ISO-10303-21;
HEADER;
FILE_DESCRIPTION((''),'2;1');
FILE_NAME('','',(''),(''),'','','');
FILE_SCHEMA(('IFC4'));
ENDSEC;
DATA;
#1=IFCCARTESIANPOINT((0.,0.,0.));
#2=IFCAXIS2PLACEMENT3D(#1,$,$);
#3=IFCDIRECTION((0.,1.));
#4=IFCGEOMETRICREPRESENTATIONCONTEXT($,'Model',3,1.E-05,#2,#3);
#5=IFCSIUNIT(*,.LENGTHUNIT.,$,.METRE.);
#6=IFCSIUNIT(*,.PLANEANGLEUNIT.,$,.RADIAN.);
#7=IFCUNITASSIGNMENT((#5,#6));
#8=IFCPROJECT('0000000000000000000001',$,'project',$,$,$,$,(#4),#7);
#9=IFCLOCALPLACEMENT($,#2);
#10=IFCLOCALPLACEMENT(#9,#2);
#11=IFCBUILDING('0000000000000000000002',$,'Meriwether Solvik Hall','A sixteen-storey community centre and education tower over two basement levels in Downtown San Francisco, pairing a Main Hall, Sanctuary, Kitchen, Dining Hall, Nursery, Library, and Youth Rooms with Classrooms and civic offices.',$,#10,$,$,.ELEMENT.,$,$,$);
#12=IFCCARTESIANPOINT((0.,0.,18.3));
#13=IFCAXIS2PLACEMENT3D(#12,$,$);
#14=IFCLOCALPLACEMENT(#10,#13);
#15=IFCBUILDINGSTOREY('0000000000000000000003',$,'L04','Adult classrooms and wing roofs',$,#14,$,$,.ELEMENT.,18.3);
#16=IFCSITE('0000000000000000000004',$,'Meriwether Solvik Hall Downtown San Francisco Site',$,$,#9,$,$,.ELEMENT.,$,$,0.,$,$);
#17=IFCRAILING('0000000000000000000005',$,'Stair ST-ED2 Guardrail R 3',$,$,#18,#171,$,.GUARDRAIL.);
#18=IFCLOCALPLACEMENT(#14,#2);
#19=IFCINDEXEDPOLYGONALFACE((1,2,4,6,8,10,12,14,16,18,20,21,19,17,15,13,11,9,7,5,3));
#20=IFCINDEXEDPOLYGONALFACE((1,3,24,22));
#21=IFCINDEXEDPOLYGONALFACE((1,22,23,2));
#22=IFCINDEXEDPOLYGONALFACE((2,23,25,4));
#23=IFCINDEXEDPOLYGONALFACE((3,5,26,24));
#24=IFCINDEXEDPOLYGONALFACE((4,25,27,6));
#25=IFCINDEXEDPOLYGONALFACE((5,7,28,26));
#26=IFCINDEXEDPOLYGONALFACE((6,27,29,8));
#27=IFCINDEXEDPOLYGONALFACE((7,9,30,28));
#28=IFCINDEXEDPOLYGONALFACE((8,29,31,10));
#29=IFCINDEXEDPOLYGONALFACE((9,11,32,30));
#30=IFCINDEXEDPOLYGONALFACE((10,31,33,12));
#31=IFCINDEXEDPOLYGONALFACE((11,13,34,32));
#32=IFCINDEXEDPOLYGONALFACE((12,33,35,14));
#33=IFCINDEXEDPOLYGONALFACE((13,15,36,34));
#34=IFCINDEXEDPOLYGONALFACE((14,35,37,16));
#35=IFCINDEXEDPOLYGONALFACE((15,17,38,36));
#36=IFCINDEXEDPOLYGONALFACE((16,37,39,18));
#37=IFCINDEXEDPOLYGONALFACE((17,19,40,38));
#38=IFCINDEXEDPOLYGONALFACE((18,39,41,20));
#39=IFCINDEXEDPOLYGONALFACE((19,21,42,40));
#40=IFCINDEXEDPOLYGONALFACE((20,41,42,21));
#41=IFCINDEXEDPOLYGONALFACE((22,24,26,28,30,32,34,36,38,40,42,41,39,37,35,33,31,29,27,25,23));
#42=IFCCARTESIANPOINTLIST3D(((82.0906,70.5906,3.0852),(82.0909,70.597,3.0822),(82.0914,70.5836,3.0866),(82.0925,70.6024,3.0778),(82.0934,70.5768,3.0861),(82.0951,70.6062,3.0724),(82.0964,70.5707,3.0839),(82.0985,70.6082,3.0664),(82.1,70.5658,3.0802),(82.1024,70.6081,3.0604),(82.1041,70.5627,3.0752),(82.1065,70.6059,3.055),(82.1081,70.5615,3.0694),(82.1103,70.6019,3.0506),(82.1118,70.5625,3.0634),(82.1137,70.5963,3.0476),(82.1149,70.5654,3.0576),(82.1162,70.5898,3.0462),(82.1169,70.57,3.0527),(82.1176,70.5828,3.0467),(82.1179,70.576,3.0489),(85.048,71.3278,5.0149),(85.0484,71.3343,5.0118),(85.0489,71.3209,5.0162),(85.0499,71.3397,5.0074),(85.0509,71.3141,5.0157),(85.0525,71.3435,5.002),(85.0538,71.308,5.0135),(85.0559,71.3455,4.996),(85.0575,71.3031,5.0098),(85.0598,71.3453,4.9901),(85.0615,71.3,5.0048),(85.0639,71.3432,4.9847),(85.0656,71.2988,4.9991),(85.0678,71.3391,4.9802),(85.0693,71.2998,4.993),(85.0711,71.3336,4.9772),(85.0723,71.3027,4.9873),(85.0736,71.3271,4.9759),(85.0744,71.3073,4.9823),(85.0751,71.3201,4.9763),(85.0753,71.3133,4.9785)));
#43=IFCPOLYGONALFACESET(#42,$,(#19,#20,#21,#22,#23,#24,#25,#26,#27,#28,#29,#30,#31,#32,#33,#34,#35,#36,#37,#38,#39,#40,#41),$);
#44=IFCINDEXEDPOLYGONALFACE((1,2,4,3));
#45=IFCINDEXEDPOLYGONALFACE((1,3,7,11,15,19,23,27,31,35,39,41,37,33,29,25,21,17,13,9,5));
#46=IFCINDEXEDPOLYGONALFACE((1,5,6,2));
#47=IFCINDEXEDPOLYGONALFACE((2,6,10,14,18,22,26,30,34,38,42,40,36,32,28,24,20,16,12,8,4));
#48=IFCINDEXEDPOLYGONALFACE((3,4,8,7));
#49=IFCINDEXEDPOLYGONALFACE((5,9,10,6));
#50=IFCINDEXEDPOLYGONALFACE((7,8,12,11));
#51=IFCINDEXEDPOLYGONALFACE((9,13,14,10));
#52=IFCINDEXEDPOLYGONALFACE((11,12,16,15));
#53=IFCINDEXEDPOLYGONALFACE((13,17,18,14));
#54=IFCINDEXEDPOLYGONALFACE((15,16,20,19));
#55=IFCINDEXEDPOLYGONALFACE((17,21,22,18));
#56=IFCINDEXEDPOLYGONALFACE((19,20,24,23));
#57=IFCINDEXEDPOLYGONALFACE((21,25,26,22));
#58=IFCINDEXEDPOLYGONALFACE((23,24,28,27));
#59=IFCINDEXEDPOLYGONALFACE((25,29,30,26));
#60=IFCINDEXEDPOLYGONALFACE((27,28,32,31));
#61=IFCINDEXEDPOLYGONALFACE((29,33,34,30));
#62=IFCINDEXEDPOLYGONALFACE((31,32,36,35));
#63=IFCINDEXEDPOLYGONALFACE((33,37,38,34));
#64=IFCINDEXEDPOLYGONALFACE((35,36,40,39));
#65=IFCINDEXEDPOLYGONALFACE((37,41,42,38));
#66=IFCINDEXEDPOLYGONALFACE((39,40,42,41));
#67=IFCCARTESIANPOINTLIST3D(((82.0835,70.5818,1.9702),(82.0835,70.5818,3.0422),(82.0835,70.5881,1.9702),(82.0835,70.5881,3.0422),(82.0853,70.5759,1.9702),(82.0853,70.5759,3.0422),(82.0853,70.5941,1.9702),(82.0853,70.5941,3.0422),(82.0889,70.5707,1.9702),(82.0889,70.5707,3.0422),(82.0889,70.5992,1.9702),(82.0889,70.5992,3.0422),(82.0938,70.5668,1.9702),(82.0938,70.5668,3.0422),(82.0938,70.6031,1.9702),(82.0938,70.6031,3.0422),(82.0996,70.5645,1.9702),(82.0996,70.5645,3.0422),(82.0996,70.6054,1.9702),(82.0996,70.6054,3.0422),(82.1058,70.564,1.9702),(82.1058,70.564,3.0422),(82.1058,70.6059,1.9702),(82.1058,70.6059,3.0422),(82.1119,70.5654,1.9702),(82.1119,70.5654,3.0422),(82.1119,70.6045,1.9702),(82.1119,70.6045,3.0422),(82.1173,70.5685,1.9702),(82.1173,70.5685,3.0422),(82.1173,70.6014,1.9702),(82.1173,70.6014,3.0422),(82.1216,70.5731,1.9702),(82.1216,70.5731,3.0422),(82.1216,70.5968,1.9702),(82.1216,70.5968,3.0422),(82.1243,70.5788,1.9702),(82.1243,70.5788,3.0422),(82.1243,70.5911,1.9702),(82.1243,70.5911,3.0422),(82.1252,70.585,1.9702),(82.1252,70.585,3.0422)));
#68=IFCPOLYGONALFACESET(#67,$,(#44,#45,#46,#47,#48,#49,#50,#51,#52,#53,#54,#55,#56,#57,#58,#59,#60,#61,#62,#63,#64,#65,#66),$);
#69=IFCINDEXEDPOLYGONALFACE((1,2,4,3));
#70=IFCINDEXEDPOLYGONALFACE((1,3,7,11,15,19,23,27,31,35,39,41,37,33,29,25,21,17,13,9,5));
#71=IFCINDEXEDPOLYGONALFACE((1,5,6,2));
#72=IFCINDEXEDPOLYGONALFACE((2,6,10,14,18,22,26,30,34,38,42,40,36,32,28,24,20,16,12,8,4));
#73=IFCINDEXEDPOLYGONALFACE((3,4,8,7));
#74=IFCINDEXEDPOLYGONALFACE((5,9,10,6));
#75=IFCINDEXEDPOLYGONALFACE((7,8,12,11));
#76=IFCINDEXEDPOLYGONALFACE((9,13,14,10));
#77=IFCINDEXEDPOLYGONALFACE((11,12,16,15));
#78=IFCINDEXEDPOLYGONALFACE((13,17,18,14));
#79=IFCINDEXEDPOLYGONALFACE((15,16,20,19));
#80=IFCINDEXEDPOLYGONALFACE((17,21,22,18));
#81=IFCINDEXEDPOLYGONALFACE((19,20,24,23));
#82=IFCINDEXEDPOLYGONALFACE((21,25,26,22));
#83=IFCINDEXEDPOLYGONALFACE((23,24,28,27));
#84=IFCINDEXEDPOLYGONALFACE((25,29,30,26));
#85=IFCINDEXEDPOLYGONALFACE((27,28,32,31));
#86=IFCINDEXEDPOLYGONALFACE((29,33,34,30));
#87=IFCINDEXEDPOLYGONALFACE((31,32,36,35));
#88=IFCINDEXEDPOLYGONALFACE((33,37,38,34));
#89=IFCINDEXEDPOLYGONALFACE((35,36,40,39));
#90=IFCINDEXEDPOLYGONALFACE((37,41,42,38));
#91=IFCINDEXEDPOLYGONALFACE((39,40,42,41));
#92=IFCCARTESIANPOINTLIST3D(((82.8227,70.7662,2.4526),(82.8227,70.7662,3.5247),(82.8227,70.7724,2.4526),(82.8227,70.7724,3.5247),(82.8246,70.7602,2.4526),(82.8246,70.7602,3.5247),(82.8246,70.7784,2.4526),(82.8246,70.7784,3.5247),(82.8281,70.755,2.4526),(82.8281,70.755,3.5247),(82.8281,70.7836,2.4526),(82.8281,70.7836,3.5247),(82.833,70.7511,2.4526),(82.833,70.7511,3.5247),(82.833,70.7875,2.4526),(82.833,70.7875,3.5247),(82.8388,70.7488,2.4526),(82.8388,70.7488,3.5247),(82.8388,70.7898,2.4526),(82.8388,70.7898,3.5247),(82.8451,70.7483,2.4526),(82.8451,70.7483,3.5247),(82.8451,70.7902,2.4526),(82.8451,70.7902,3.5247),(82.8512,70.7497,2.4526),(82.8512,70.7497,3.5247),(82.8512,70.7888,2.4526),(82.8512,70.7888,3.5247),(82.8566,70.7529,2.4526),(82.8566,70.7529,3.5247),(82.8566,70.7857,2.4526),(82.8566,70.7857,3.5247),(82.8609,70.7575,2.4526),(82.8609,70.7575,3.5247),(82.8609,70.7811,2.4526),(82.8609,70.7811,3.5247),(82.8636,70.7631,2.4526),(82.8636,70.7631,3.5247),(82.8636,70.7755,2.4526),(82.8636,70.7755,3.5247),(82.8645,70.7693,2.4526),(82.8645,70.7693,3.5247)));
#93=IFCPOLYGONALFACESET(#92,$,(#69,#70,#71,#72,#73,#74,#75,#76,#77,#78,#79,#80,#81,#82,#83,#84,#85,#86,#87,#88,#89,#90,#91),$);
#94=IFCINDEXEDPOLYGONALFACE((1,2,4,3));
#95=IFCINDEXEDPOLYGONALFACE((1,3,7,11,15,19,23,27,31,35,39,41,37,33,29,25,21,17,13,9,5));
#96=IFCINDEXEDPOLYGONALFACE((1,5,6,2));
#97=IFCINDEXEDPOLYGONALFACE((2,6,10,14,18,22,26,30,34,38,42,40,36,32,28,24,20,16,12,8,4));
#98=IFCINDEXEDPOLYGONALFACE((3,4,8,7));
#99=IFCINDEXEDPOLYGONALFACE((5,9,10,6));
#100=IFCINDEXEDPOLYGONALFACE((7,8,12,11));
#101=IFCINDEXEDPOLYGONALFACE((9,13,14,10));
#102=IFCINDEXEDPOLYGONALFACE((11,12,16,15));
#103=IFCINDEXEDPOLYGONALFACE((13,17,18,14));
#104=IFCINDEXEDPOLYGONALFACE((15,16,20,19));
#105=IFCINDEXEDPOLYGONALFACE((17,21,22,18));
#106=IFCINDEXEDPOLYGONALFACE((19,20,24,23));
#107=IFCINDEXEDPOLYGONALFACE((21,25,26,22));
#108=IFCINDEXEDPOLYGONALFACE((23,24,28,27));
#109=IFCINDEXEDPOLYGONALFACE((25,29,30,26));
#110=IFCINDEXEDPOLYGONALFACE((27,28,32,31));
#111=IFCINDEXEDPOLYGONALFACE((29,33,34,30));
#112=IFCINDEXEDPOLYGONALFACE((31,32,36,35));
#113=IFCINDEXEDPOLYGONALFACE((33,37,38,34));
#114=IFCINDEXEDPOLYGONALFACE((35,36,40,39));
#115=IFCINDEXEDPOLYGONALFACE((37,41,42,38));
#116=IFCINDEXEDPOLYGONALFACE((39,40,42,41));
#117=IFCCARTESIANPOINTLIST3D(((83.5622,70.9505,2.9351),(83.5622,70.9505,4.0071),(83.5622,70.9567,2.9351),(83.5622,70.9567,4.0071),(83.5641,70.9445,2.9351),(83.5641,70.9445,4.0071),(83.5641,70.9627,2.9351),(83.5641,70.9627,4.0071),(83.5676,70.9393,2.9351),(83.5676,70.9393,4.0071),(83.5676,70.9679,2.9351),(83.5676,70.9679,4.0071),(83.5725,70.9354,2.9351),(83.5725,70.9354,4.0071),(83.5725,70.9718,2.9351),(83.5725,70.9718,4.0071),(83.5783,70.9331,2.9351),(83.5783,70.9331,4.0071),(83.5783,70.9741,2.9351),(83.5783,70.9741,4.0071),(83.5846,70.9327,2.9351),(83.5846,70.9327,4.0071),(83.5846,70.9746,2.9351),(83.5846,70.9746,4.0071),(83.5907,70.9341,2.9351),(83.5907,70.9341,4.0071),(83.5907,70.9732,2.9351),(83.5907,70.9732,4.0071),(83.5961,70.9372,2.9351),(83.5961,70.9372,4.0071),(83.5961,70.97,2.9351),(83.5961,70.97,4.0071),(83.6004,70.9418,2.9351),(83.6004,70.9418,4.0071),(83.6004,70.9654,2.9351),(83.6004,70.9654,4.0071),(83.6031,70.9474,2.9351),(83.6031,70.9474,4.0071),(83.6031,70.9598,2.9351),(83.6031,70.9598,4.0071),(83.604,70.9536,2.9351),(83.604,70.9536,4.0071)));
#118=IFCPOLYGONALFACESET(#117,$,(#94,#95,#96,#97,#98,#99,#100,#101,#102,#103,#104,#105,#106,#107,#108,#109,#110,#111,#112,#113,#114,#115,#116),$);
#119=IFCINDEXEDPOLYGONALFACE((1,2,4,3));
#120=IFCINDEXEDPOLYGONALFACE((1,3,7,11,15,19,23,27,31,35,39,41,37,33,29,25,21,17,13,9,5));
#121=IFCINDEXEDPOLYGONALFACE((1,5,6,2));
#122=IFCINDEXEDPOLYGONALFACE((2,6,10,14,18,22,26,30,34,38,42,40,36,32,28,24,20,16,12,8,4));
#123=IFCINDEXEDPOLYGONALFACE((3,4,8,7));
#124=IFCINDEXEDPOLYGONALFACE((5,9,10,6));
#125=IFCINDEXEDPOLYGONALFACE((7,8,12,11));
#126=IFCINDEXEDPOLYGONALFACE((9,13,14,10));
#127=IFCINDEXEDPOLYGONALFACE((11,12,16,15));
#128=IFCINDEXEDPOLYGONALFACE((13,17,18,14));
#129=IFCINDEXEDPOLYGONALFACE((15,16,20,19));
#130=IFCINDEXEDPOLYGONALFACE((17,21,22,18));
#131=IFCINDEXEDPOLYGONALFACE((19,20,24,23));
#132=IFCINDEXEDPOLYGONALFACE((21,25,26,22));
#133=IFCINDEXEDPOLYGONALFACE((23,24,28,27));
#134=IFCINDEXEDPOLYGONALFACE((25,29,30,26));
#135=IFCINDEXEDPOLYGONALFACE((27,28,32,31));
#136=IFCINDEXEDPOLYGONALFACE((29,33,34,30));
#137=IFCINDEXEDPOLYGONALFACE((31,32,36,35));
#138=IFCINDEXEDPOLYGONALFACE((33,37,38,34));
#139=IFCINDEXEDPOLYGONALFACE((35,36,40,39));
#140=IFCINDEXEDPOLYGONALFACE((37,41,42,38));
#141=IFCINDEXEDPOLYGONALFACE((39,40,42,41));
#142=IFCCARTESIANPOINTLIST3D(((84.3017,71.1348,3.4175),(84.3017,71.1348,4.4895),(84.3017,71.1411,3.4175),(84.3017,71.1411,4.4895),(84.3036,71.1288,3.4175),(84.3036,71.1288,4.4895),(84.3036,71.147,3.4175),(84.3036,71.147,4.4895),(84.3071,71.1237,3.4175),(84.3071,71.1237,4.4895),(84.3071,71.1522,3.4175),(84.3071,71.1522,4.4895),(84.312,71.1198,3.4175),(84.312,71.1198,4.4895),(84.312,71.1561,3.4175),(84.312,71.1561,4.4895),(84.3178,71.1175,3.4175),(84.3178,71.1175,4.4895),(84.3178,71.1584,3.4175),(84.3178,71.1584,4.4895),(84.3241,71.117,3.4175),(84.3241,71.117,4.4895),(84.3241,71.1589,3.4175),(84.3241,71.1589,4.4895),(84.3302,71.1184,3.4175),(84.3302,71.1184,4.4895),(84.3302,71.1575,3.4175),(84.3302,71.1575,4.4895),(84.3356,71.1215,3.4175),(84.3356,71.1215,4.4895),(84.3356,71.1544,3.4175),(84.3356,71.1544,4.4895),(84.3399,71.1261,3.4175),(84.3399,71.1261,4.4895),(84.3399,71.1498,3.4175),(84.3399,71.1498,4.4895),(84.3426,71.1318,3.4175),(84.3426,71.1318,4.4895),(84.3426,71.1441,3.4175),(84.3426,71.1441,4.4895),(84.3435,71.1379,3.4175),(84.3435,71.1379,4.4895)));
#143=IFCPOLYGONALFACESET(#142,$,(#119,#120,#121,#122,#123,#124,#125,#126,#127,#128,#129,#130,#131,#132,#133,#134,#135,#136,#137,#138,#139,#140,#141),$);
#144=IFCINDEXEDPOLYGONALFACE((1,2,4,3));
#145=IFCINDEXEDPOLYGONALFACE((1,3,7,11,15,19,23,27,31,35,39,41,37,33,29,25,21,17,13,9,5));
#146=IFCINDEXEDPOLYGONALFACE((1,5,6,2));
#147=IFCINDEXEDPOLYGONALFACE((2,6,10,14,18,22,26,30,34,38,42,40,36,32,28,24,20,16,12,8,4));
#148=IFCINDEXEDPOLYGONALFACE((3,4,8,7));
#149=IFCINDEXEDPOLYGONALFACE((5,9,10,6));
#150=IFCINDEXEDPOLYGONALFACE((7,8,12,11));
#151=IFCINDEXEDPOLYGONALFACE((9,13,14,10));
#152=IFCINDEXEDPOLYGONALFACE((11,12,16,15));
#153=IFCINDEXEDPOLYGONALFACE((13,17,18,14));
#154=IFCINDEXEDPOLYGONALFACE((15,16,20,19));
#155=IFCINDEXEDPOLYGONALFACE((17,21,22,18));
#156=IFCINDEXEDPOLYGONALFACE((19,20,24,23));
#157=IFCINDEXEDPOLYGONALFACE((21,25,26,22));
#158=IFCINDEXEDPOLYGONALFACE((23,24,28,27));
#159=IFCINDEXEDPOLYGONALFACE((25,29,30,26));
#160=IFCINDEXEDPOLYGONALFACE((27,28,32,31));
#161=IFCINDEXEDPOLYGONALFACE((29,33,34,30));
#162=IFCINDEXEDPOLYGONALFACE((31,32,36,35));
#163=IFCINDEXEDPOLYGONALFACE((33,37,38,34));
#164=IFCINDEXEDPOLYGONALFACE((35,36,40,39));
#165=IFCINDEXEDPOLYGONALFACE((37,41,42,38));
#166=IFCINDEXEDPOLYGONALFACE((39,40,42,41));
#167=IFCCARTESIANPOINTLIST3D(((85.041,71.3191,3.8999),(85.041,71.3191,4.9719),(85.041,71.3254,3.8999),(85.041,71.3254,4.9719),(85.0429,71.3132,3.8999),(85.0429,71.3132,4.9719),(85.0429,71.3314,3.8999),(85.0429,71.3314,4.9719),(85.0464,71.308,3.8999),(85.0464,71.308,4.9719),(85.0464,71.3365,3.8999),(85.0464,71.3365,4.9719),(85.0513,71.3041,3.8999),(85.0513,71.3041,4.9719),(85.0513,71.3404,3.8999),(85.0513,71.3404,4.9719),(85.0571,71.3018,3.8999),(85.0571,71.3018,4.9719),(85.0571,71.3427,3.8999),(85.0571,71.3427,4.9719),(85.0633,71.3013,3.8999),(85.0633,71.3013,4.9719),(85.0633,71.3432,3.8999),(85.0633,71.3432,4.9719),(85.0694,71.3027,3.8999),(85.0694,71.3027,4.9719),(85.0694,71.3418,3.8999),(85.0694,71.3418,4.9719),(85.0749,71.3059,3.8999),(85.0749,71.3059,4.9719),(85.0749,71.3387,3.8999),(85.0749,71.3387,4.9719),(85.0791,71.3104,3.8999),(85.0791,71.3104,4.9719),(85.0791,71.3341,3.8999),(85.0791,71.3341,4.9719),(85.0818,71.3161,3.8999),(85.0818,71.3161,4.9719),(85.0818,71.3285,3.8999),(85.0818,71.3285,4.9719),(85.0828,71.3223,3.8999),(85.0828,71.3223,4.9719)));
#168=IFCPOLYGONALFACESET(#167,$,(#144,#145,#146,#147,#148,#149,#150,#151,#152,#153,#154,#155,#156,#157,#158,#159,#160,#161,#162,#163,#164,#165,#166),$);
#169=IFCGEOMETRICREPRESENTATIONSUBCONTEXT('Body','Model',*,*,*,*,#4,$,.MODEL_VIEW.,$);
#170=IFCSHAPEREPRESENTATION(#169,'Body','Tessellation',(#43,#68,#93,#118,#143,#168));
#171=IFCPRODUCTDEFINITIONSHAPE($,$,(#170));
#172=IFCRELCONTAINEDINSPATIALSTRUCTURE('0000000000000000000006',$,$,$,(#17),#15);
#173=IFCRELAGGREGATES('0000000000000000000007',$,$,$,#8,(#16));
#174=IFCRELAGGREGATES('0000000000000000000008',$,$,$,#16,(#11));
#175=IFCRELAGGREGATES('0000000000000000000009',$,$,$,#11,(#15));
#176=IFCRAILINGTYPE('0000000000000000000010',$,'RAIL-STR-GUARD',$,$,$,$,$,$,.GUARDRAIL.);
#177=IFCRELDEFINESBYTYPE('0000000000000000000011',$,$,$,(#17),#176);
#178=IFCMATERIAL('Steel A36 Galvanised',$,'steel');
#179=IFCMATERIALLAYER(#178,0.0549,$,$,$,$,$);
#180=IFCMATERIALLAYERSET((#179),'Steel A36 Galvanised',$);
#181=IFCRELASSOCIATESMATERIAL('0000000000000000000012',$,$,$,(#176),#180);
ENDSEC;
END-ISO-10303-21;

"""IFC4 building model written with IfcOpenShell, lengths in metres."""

from ifc_helpers import new_model, si_unit, direction, frame, origin, origin_2d, place, context, subcontext, project, spatial, circle, extrude, material, layer, layer_set, type_object, element, save


model = new_model("IFC4")

# Units and contexts
model_context = context("Model", 3, precision=1e-05, world=origin(), true_north=direction((0.0, 1.0)))
body_context = subcontext(model_context, "Body", "Model", "MODEL_VIEW")
ifc_project = project(units=[si_unit("LENGTHUNIT", "METRE"), si_unit("PLANEANGLEUNIT", "RADIAN")], contexts=[model_context])

# Site, building, storey
site_placement = place(None, origin())
site = spatial("IfcSite", under=ifc_project, at=site_placement, Name="Meriwether Solvik Hall Downtown San Francisco Site", CompositionType="ELEMENT", RefElevation=0.0)
building_placement = place(site_placement, origin())
building = spatial("IfcBuilding", under=site, at=building_placement, Name="Meriwether Solvik Hall", Description="A sixteen-storey community centre and education tower over two basement levels in Downtown San Francisco, pairing a Main Hall, Sanctuary, Kitchen, Dining Hall, Nursery, Library, and Youth Rooms with Classrooms and civic offices.", CompositionType="ELEMENT")
storey_placement = place(building_placement, frame((0.0, 0.0, 18.3)))
storey = spatial("IfcBuildingStorey", under=building, at=storey_placement, Name="L04", Description="Adult classrooms and wing roofs", CompositionType="ELEMENT", Elevation=18.3)

# Railing
ifc_material_1 = material(Name="Steel A36 Galvanised", Category="steel")
ifc_layer_1 = layer(ifc_material_1, 0.0549)
ifc_layer_set_1 = layer_set([ifc_layer_1], Name="Steel A36 Galvanised")
railing_type_1 = type_object("IfcRailingType", Name="RAIL-STR-GUARD", PredefinedType="GUARDRAIL", material=ifc_layer_set_1)
railing_1_placement = place(storey_placement, frame((82.1042, 70.585, 1.9702)))
element("IfcRailing", 1, at=railing_1_placement, inside=storey, type_object=railing_type_1, Name="Stair ST-ED2 Guardrail R 3", PredefinedType="GUARDRAIL", context=body_context, shape_type="SweptSolid", body=[
    extrude(circle(Radius=0.0239, at=origin_2d()), frame((0.0, 0.0, 1.0962), z_axis=(0.81982, 0.20438, 0.534906), x_axis=(-0.241895, 0.970302, 0.0)), (0.0, 0.0, 1.0), 3.6074),
    extrude(circle(Radius=0.021, at=origin_2d()), origin(), (0.0, 0.0, 1.0), 1.072),
    extrude(circle(Radius=0.021, at=origin_2d()), frame((0.7393, 0.1843, 0.4824)), (0.0, 0.0, 1.0), 1.072),
    extrude(circle(Radius=0.021, at=origin_2d()), frame((1.4788, 0.3687, 0.9648)), (0.0, 0.0, 1.0), 1.072),
    extrude(circle(Radius=0.021, at=origin_2d()), frame((2.2183, 0.553, 1.4473)), (0.0, 0.0, 1.0), 1.072),
    extrude(circle(Radius=0.021, at=origin_2d()), frame((2.9575, 0.7373, 1.9297)), (0.0, 0.0, 1.0), 1.072),
])

save(model, "model.ifc")
